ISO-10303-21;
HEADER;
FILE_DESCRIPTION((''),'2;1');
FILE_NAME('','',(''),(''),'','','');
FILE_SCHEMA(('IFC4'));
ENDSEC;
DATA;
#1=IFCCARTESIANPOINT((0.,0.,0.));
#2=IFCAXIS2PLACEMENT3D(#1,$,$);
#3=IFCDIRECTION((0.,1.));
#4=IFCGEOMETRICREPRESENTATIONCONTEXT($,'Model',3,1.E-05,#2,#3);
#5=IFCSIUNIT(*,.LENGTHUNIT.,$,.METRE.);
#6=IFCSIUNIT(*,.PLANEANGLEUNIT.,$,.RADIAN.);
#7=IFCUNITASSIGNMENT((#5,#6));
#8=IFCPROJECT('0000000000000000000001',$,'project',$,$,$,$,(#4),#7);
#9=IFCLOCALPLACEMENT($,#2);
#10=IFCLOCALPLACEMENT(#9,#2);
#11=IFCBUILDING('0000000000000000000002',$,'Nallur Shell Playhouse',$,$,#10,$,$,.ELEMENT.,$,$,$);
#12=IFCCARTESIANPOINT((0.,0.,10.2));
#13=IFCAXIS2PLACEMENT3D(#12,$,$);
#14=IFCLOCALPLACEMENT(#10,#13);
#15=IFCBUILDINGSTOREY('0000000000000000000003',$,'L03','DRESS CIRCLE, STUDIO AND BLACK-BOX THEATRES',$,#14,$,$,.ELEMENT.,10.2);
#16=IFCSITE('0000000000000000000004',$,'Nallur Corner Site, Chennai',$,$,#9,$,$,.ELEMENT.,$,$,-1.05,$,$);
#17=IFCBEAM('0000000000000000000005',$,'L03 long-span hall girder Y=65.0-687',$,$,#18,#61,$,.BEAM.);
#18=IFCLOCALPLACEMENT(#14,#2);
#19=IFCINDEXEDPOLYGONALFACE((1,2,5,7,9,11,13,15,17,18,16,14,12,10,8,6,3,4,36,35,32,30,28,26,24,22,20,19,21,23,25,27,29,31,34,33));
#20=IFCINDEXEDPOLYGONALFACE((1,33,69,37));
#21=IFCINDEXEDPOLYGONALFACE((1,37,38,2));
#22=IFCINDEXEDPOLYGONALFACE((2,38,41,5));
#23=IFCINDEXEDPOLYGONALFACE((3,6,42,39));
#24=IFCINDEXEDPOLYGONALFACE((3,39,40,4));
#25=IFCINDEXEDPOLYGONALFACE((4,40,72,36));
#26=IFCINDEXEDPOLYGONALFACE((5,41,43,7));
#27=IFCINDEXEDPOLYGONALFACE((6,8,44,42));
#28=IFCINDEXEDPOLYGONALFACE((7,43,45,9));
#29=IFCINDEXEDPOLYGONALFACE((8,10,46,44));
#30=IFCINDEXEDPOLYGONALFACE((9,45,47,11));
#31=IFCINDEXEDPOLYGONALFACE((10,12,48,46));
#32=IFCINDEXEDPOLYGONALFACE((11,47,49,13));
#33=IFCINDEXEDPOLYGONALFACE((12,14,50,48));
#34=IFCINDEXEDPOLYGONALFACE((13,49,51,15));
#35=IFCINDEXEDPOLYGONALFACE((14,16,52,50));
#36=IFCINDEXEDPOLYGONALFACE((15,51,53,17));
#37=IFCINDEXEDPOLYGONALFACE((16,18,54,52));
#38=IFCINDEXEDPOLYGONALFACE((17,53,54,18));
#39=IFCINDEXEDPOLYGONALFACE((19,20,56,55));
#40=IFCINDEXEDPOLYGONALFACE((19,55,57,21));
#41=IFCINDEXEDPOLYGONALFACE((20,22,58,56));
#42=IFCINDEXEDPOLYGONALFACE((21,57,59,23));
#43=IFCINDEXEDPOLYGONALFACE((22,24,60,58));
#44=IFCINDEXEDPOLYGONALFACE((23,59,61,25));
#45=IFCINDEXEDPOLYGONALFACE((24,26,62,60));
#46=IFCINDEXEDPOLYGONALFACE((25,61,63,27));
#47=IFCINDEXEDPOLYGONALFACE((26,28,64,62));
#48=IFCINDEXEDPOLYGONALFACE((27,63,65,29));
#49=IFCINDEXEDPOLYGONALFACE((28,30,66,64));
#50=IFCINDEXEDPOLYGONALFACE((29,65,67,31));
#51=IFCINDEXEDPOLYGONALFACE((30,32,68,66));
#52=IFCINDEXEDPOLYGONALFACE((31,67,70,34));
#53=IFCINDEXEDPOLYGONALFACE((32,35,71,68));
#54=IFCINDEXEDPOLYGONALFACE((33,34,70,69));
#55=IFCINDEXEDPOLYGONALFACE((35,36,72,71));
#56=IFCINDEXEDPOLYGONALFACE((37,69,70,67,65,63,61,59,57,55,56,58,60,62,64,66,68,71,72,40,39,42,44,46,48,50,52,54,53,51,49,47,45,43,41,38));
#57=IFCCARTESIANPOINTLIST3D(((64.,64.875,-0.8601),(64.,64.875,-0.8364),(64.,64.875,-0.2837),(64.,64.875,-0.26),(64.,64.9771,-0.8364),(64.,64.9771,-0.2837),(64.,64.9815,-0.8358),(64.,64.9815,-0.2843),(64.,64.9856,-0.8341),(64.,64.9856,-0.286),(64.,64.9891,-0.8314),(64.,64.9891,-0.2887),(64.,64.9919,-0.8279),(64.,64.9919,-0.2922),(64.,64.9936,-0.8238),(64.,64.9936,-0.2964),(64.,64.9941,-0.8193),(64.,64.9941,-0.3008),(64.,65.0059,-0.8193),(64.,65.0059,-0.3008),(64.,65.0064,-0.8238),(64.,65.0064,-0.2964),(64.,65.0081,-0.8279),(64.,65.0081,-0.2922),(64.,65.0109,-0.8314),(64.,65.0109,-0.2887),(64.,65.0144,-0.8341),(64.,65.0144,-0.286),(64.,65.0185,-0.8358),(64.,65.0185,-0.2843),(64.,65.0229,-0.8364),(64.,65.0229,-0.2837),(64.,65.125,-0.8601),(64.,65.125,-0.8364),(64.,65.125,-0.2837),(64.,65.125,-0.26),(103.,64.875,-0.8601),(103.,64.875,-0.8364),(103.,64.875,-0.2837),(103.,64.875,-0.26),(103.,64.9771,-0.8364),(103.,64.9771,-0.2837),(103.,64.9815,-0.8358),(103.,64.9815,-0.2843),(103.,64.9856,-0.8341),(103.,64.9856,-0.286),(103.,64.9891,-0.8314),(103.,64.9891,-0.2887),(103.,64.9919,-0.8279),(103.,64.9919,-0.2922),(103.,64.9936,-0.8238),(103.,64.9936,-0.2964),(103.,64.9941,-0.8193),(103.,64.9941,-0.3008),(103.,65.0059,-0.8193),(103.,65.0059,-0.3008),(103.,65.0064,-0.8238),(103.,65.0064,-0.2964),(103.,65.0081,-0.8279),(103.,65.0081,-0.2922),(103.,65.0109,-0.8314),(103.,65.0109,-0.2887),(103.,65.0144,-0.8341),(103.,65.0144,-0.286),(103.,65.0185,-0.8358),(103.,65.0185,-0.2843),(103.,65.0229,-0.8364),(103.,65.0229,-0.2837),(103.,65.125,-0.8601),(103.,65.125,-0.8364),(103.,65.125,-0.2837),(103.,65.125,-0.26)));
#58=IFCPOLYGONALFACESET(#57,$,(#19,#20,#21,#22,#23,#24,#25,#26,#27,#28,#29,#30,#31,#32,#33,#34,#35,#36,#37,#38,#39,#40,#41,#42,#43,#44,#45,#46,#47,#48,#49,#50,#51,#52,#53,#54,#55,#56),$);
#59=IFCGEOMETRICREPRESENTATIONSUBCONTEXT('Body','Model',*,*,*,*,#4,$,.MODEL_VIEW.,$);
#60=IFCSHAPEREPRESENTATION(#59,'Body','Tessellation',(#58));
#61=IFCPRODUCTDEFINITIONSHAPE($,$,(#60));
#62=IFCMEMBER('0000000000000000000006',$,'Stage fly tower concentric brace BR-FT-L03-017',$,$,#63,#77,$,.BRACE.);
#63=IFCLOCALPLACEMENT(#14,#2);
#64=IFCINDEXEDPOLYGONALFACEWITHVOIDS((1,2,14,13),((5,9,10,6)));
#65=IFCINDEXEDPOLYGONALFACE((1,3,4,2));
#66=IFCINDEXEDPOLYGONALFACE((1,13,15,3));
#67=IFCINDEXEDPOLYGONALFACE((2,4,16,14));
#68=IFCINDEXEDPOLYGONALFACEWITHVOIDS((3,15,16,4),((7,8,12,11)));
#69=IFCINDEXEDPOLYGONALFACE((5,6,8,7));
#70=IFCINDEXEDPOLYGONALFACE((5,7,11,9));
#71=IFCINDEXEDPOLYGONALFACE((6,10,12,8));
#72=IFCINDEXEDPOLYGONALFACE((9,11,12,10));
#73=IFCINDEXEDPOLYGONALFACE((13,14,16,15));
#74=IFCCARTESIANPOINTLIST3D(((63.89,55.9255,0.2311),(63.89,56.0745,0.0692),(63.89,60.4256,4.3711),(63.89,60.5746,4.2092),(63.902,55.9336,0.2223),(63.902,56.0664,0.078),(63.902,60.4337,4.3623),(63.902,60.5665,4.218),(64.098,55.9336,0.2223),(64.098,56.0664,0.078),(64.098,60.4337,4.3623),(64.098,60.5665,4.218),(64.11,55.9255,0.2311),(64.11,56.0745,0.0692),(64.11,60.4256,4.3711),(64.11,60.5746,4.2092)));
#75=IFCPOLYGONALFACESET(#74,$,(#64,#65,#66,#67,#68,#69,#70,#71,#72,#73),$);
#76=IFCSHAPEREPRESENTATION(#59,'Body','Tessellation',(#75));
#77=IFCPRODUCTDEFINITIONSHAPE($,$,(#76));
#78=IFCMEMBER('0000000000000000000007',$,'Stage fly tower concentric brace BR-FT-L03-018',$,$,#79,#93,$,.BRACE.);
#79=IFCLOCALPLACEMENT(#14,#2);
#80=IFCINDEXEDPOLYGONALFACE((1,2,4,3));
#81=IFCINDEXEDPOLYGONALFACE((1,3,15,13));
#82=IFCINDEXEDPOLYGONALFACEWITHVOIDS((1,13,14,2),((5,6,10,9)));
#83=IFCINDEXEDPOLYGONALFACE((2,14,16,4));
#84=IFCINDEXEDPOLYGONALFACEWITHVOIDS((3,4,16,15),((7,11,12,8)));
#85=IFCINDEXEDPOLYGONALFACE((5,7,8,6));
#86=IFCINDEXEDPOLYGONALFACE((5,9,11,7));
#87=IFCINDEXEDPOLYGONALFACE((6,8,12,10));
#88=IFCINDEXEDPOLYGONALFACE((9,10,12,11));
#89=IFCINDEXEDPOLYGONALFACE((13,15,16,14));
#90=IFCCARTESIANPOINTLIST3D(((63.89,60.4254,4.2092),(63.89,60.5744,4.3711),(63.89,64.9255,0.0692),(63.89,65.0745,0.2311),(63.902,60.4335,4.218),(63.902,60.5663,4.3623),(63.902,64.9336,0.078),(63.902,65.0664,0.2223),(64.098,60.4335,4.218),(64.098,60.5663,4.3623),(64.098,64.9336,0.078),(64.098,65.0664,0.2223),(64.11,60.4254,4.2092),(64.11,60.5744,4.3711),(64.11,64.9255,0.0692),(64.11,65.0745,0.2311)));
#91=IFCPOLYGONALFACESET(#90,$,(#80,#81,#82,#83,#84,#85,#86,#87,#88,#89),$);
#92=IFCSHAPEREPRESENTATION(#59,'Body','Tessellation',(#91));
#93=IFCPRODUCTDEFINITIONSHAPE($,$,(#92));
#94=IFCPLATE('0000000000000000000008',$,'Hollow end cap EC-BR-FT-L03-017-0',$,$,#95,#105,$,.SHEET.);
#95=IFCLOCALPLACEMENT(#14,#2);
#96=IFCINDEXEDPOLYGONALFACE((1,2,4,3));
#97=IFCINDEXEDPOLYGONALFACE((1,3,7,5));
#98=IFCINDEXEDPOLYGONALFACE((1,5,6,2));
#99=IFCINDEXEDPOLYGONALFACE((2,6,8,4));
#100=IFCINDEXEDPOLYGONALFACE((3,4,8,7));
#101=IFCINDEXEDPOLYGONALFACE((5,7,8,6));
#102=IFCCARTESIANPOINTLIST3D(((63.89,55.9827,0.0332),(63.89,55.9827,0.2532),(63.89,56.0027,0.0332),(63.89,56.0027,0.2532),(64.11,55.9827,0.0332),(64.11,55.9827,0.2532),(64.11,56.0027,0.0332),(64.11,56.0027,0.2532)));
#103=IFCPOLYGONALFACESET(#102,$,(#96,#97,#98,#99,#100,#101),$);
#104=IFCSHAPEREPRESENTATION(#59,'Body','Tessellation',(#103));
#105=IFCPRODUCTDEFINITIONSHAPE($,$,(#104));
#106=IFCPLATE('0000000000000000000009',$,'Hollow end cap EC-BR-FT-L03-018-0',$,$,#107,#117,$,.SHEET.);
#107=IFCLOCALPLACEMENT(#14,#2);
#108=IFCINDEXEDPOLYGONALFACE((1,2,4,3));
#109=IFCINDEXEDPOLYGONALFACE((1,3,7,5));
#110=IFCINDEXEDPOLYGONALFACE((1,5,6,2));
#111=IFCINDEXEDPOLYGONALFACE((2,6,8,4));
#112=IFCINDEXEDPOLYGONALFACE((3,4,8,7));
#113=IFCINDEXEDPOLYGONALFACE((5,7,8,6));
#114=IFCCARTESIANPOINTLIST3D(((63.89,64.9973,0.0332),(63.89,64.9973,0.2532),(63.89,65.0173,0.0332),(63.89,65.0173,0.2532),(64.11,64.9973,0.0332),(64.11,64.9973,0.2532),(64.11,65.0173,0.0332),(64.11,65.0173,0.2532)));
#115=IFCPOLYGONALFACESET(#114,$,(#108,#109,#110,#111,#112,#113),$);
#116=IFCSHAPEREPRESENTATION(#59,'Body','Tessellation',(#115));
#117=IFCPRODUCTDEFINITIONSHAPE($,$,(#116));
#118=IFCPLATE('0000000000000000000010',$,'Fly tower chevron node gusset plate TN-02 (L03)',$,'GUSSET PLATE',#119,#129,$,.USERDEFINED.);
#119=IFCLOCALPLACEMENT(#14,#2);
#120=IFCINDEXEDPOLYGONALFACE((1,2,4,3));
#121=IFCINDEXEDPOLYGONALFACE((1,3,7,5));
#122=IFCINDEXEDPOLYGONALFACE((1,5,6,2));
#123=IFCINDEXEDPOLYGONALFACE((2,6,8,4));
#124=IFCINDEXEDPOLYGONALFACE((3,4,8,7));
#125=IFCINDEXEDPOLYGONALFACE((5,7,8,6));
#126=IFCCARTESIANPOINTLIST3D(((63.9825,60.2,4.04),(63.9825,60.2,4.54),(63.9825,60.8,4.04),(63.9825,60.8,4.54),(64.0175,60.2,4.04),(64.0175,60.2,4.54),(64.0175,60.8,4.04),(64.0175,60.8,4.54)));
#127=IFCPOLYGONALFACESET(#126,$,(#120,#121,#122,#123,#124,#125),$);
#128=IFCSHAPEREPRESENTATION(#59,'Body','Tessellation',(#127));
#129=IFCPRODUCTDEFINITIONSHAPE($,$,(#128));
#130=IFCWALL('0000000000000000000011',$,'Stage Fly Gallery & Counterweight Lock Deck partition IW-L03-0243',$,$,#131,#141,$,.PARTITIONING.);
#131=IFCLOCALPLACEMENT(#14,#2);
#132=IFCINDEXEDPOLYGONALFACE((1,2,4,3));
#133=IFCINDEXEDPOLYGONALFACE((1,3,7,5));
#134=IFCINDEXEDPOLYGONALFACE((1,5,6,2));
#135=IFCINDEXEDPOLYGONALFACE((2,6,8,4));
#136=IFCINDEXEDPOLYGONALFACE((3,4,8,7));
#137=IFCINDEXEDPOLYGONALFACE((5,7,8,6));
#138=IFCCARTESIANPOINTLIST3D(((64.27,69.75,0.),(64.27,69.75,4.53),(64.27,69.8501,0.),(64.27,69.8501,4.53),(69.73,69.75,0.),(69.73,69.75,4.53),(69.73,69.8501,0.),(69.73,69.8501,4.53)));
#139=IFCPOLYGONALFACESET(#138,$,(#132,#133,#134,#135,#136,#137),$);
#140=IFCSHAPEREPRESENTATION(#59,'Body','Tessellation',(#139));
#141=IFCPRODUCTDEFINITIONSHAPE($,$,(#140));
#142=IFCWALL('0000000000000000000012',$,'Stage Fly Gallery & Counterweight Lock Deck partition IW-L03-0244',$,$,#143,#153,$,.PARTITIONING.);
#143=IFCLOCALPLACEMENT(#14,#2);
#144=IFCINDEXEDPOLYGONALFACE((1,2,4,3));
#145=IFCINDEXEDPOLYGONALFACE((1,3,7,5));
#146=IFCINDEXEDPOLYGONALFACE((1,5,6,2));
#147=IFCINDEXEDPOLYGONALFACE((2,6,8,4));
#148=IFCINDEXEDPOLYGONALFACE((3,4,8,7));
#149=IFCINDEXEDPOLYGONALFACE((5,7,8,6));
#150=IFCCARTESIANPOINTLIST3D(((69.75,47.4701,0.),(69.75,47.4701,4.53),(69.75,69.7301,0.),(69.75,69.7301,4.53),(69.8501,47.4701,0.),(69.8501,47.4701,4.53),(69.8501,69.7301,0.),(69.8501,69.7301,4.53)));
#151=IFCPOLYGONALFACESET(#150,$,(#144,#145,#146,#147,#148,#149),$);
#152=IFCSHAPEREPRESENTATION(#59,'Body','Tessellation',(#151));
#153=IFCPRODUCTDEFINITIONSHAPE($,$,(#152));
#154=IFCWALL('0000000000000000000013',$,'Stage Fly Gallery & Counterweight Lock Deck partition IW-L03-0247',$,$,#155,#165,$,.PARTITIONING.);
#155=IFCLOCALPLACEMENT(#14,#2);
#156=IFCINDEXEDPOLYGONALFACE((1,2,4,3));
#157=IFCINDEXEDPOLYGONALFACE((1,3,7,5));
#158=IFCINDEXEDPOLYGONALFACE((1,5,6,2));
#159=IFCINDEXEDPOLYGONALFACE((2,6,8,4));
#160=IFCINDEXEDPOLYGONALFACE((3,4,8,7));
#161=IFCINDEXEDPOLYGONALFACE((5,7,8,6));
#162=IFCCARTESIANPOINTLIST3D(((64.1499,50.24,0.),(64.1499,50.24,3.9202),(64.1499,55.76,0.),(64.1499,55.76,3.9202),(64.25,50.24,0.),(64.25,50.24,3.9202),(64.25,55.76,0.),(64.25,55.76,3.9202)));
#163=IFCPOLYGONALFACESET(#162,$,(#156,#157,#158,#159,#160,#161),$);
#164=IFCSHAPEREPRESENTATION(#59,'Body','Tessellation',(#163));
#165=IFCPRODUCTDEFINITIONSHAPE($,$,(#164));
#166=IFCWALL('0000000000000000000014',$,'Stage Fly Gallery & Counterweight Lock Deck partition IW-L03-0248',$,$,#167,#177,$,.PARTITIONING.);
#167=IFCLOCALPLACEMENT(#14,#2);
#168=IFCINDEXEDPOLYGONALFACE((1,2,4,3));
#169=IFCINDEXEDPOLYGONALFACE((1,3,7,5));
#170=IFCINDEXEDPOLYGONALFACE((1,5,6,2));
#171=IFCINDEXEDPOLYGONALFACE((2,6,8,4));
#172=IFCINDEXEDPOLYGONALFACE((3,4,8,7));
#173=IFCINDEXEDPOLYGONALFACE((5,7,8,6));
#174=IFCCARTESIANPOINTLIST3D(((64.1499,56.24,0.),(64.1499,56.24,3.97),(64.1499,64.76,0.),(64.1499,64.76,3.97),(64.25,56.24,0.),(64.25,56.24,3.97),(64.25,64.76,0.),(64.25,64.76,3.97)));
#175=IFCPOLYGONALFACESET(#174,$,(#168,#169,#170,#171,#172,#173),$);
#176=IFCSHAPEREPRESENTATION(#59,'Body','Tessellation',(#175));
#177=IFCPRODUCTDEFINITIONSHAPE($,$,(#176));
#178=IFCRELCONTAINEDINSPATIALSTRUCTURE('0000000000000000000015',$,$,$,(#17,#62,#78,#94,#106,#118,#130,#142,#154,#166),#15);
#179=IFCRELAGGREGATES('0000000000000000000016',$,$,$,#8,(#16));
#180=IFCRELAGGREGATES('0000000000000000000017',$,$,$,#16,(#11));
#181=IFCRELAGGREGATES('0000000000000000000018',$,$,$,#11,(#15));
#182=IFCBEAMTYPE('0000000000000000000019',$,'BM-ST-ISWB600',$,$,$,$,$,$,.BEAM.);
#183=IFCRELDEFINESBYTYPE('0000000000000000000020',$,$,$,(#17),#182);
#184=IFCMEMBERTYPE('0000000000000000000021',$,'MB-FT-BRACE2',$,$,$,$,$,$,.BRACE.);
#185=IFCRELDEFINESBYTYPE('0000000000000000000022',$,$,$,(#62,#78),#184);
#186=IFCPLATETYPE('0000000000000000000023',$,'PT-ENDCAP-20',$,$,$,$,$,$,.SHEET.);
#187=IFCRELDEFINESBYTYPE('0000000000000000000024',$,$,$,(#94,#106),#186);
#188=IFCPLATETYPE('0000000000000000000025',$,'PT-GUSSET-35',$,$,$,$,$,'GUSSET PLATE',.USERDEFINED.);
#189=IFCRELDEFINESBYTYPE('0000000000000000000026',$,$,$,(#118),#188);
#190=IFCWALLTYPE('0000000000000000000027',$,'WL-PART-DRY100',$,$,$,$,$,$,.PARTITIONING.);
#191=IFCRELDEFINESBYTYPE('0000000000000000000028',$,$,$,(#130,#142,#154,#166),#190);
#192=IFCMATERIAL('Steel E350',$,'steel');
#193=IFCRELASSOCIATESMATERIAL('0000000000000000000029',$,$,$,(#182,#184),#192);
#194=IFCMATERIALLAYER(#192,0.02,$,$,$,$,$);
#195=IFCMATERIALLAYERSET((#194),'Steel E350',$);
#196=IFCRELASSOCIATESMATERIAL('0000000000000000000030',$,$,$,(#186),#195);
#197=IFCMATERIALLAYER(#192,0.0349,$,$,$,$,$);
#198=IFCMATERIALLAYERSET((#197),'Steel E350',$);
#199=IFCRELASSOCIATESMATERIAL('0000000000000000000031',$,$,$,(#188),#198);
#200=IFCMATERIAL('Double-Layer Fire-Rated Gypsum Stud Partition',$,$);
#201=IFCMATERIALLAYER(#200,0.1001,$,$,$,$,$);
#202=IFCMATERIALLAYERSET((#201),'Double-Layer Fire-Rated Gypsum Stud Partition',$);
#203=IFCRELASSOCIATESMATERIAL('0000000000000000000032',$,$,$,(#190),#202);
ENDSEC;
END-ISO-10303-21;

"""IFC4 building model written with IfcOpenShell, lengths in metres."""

from ifc_helpers import new_model, si_unit, direction, frame, frame_2d, origin, origin_2d, place, context, subcontext, project, spatial, rectangle, hollow_rectangle, i_section, extrude, material, layer, layer_set, material_profile, profile_set, type_object, element, save


model = new_model("IFC4")

# Units and contexts
model_context = context("Model", 3, precision=1e-05, world=origin(), true_north=direction((0.0, 1.0)))
body_context = subcontext(model_context, "Body", "Model", "MODEL_VIEW")
ifc_project = project(units=[si_unit("LENGTHUNIT", "METRE"), si_unit("PLANEANGLEUNIT", "RADIAN")], contexts=[model_context])

# Site, building, storey
site_placement = place(None, origin())
site = spatial("IfcSite", under=ifc_project, at=site_placement, Name="Nallur Corner Site, Chennai", CompositionType="ELEMENT", RefElevation=-1.05)
building_placement = place(site_placement, origin())
building = spatial("IfcBuilding", under=site, at=building_placement, Name="Nallur Shell Playhouse", CompositionType="ELEMENT")
storey_placement = place(building_placement, frame((0.0, 0.0, 10.2)))
storey = spatial("IfcBuildingStorey", under=building, at=storey_placement, Name="L03", Description="DRESS CIRCLE, STUDIO AND BLACK-BOX THEATRES", CompositionType="ELEMENT", Elevation=10.2)

# Shared definitions
ifc_material_1 = material(Name="Steel E350", Category="steel")

# Beam
ifc_material_profile_1 = material_profile(ifc_material_1, i_section(OverallWidth=0.25, OverallDepth=0.6001, WebThickness=0.0117, FlangeThickness=0.0237, FilletRadius=0.0171, at=origin_2d()), Name="ISWB 600")
ifc_profile_set_1 = profile_set([ifc_material_profile_1], Name="Steel E350")
beam_type_1 = type_object("IfcBeamType", Name="BM-ST-ISWB600", PredefinedType="BEAM", material=ifc_profile_set_1)
for number, where, z_axis, x_axis, name in (
    (1, (64.0, 65.0, -0.5601), (1.0, 0.0, 0.0), (0.0, 1.0, 0.0), "L03 long-span hall girder Y=65.0-687"),
):
    element("IfcBeam", number, at=place(storey_placement, frame(where, z_axis=z_axis, x_axis=x_axis)), inside=storey, type_object=beam_type_1, Name=name, PredefinedType="BEAM", context=body_context, shape_type="SweptSolid", body=[
        extrude(i_section(OverallWidth=0.25, OverallDepth=0.6001, WebThickness=0.0117, FlangeThickness=0.0237, FilletRadius=0.0171, at=origin_2d()), origin(), (0.0, 0.0, 1.0), 39.0),
    ])

# Members
ifc_material_profile_2 = material_profile(ifc_material_1, hollow_rectangle(XDim=0.22, YDim=0.22, WallThickness=0.012, at=origin_2d()), Name="SHS 220x220x12")
ifc_profile_set_2 = profile_set([ifc_material_profile_2], Name="Steel E350")
member_type = type_object("IfcMemberType", Name="MB-FT-BRACE2", PredefinedType="BRACE", material=ifc_profile_set_2)
for number, where, z_axis, x_axis, name in (
    (2, (64.0, 56.0, 0.1501), (0.0, 0.73594, 0.677047), (-1.0, 0.0, 0.0), "Stage fly tower concentric brace BR-FT-L03-017"),
    (3, (64.0, 65.0, 0.1501), (0.0, -0.73594, 0.677047), (1.0, 0.0, 0.0), "Stage fly tower concentric brace BR-FT-L03-018"),
):
    element("IfcMember", number, at=place(storey_placement, frame(where, z_axis=z_axis, x_axis=x_axis)), inside=storey, type_object=member_type, Name=name, PredefinedType="BRACE", context=body_context, shape_type="SweptSolid", body=[
        extrude(hollow_rectangle(XDim=0.22, YDim=0.22, WallThickness=0.012, at=origin_2d()), origin(), (0.0, 0.0, 1.0), 6.1147),
    ])

# Plates
ifc_layer_1 = layer(ifc_material_1, 0.02)
ifc_layer_set_1 = layer_set([ifc_layer_1], Name="Steel E350")
plate_type_1 = type_object("IfcPlateType", Name="PT-ENDCAP-20", PredefinedType="SHEET", material=ifc_layer_set_1)
for number, where, z_axis, x_axis, name in (
    (4, (64.0, 55.9927, 0.0332), (0.0, 0.0, 1.0), (1.0, 0.0, 0.0), "Hollow end cap EC-BR-FT-L03-017-0"),
    (5, (64.0, 65.0073, 0.0332), (0.0, 0.0, 1.0), (1.0, 0.0, 0.0), "Hollow end cap EC-BR-FT-L03-018-0"),
):
    element("IfcPlate", number, at=place(storey_placement, frame(where, z_axis=z_axis, x_axis=x_axis)), inside=storey, type_object=plate_type_1, Name=name, PredefinedType="SHEET", context=body_context, shape_type="SweptSolid", body=[
        extrude(rectangle(XDim=0.22, YDim=0.02, at=origin_2d()), origin(), (0.0, 0.0, 1.0), 0.22),
    ])
ifc_layer_2 = layer(ifc_material_1, 0.0349)
ifc_layer_set_2 = layer_set([ifc_layer_2], Name="Steel E350")
plate_type_2 = type_object("IfcPlateType", Name="PT-GUSSET-35", ElementType="GUSSET PLATE", PredefinedType="USERDEFINED", material=ifc_layer_set_2)
plate_placement = place(storey_placement, frame((64.0, 60.5, 4.04), z_axis=(0.0, 0.0, 1.0), x_axis=(1.0, 0.0, 0.0)))
element("IfcPlate", 6, at=plate_placement, inside=storey, type_object=plate_type_2, Name="Fly tower chevron node gusset plate TN-02 (L03)", ObjectType="GUSSET PLATE", PredefinedType="USERDEFINED", context=body_context, shape_type="SweptSolid", body=[
    extrude(rectangle(XDim=0.0349, YDim=0.6001, at=origin_2d()), origin(), (0.0, 0.0, 1.0), 0.5),
])

# Walls
ifc_material_2 = material(Name="Double-Layer Fire-Rated Gypsum Stud Partition")
ifc_layer_3 = layer(ifc_material_2, 0.1001)
ifc_layer_set_3 = layer_set([ifc_layer_3], Name="Double-Layer Fire-Rated Gypsum Stud Partition")
wall_type = type_object("IfcWallType", Name="WL-PART-DRY100", PredefinedType="PARTITIONING", material=ifc_layer_set_3)
wall_1_placement = place(storey_placement, frame((64.27, 69.8, 0.0), z_axis=(0.0, 0.0, 1.0), x_axis=(1.0, 0.0, 0.0)))
element("IfcWall", 7, at=wall_1_placement, inside=storey, type_object=wall_type, Name="Stage Fly Gallery & Counterweight Lock Deck partition IW-L03-0243", PredefinedType="PARTITIONING", context=body_context, shape_type="SweptSolid", body=[
    extrude(rectangle(XDim=5.46, YDim=0.1001, at=frame_2d((2.73, 0.0))), origin(), (0.0, 0.0, 1.0), 4.53),
])
wall_2_placement = place(storey_placement, frame((69.8, 69.73, 0.0), z_axis=(0.0, 0.0, 1.0), x_axis=(0.0, -1.0, 0.0)))
element("IfcWall", 8, at=wall_2_placement, inside=storey, type_object=wall_type, Name="Stage Fly Gallery & Counterweight Lock Deck partition IW-L03-0244", PredefinedType="PARTITIONING", context=body_context, shape_type="SweptSolid", body=[
    extrude(rectangle(XDim=22.26, YDim=0.1001, at=frame_2d((11.1299, 0.0))), origin(), (0.0, 0.0, 1.0), 4.53),
])
wall_3_placement = place(storey_placement, frame((64.2, 50.24, 0.0), z_axis=(0.0, 0.0, 1.0), x_axis=(0.0, 1.0, 0.0)))
element("IfcWall", 9, at=wall_3_placement, inside=storey, type_object=wall_type, Name="Stage Fly Gallery & Counterweight Lock Deck partition IW-L03-0247", PredefinedType="PARTITIONING", context=body_context, shape_type="SweptSolid", body=[
    extrude(rectangle(XDim=5.52, YDim=0.1001, at=frame_2d((2.76, 0.0))), origin(), (0.0, 0.0, 1.0), 3.9202),
])
wall_4_placement = place(storey_placement, frame((64.2, 56.24, 0.0), z_axis=(0.0, 0.0, 1.0), x_axis=(0.0, 1.0, 0.0)))
element("IfcWall", 10, at=wall_4_placement, inside=storey, type_object=wall_type, Name="Stage Fly Gallery & Counterweight Lock Deck partition IW-L03-0248", PredefinedType="PARTITIONING", context=body_context, shape_type="SweptSolid", body=[
    extrude(rectangle(XDim=8.52, YDim=0.1001, at=frame_2d((4.26, 0.0))), origin(), (0.0, 0.0, 1.0), 3.97),
])

save(model, "model.ifc")
